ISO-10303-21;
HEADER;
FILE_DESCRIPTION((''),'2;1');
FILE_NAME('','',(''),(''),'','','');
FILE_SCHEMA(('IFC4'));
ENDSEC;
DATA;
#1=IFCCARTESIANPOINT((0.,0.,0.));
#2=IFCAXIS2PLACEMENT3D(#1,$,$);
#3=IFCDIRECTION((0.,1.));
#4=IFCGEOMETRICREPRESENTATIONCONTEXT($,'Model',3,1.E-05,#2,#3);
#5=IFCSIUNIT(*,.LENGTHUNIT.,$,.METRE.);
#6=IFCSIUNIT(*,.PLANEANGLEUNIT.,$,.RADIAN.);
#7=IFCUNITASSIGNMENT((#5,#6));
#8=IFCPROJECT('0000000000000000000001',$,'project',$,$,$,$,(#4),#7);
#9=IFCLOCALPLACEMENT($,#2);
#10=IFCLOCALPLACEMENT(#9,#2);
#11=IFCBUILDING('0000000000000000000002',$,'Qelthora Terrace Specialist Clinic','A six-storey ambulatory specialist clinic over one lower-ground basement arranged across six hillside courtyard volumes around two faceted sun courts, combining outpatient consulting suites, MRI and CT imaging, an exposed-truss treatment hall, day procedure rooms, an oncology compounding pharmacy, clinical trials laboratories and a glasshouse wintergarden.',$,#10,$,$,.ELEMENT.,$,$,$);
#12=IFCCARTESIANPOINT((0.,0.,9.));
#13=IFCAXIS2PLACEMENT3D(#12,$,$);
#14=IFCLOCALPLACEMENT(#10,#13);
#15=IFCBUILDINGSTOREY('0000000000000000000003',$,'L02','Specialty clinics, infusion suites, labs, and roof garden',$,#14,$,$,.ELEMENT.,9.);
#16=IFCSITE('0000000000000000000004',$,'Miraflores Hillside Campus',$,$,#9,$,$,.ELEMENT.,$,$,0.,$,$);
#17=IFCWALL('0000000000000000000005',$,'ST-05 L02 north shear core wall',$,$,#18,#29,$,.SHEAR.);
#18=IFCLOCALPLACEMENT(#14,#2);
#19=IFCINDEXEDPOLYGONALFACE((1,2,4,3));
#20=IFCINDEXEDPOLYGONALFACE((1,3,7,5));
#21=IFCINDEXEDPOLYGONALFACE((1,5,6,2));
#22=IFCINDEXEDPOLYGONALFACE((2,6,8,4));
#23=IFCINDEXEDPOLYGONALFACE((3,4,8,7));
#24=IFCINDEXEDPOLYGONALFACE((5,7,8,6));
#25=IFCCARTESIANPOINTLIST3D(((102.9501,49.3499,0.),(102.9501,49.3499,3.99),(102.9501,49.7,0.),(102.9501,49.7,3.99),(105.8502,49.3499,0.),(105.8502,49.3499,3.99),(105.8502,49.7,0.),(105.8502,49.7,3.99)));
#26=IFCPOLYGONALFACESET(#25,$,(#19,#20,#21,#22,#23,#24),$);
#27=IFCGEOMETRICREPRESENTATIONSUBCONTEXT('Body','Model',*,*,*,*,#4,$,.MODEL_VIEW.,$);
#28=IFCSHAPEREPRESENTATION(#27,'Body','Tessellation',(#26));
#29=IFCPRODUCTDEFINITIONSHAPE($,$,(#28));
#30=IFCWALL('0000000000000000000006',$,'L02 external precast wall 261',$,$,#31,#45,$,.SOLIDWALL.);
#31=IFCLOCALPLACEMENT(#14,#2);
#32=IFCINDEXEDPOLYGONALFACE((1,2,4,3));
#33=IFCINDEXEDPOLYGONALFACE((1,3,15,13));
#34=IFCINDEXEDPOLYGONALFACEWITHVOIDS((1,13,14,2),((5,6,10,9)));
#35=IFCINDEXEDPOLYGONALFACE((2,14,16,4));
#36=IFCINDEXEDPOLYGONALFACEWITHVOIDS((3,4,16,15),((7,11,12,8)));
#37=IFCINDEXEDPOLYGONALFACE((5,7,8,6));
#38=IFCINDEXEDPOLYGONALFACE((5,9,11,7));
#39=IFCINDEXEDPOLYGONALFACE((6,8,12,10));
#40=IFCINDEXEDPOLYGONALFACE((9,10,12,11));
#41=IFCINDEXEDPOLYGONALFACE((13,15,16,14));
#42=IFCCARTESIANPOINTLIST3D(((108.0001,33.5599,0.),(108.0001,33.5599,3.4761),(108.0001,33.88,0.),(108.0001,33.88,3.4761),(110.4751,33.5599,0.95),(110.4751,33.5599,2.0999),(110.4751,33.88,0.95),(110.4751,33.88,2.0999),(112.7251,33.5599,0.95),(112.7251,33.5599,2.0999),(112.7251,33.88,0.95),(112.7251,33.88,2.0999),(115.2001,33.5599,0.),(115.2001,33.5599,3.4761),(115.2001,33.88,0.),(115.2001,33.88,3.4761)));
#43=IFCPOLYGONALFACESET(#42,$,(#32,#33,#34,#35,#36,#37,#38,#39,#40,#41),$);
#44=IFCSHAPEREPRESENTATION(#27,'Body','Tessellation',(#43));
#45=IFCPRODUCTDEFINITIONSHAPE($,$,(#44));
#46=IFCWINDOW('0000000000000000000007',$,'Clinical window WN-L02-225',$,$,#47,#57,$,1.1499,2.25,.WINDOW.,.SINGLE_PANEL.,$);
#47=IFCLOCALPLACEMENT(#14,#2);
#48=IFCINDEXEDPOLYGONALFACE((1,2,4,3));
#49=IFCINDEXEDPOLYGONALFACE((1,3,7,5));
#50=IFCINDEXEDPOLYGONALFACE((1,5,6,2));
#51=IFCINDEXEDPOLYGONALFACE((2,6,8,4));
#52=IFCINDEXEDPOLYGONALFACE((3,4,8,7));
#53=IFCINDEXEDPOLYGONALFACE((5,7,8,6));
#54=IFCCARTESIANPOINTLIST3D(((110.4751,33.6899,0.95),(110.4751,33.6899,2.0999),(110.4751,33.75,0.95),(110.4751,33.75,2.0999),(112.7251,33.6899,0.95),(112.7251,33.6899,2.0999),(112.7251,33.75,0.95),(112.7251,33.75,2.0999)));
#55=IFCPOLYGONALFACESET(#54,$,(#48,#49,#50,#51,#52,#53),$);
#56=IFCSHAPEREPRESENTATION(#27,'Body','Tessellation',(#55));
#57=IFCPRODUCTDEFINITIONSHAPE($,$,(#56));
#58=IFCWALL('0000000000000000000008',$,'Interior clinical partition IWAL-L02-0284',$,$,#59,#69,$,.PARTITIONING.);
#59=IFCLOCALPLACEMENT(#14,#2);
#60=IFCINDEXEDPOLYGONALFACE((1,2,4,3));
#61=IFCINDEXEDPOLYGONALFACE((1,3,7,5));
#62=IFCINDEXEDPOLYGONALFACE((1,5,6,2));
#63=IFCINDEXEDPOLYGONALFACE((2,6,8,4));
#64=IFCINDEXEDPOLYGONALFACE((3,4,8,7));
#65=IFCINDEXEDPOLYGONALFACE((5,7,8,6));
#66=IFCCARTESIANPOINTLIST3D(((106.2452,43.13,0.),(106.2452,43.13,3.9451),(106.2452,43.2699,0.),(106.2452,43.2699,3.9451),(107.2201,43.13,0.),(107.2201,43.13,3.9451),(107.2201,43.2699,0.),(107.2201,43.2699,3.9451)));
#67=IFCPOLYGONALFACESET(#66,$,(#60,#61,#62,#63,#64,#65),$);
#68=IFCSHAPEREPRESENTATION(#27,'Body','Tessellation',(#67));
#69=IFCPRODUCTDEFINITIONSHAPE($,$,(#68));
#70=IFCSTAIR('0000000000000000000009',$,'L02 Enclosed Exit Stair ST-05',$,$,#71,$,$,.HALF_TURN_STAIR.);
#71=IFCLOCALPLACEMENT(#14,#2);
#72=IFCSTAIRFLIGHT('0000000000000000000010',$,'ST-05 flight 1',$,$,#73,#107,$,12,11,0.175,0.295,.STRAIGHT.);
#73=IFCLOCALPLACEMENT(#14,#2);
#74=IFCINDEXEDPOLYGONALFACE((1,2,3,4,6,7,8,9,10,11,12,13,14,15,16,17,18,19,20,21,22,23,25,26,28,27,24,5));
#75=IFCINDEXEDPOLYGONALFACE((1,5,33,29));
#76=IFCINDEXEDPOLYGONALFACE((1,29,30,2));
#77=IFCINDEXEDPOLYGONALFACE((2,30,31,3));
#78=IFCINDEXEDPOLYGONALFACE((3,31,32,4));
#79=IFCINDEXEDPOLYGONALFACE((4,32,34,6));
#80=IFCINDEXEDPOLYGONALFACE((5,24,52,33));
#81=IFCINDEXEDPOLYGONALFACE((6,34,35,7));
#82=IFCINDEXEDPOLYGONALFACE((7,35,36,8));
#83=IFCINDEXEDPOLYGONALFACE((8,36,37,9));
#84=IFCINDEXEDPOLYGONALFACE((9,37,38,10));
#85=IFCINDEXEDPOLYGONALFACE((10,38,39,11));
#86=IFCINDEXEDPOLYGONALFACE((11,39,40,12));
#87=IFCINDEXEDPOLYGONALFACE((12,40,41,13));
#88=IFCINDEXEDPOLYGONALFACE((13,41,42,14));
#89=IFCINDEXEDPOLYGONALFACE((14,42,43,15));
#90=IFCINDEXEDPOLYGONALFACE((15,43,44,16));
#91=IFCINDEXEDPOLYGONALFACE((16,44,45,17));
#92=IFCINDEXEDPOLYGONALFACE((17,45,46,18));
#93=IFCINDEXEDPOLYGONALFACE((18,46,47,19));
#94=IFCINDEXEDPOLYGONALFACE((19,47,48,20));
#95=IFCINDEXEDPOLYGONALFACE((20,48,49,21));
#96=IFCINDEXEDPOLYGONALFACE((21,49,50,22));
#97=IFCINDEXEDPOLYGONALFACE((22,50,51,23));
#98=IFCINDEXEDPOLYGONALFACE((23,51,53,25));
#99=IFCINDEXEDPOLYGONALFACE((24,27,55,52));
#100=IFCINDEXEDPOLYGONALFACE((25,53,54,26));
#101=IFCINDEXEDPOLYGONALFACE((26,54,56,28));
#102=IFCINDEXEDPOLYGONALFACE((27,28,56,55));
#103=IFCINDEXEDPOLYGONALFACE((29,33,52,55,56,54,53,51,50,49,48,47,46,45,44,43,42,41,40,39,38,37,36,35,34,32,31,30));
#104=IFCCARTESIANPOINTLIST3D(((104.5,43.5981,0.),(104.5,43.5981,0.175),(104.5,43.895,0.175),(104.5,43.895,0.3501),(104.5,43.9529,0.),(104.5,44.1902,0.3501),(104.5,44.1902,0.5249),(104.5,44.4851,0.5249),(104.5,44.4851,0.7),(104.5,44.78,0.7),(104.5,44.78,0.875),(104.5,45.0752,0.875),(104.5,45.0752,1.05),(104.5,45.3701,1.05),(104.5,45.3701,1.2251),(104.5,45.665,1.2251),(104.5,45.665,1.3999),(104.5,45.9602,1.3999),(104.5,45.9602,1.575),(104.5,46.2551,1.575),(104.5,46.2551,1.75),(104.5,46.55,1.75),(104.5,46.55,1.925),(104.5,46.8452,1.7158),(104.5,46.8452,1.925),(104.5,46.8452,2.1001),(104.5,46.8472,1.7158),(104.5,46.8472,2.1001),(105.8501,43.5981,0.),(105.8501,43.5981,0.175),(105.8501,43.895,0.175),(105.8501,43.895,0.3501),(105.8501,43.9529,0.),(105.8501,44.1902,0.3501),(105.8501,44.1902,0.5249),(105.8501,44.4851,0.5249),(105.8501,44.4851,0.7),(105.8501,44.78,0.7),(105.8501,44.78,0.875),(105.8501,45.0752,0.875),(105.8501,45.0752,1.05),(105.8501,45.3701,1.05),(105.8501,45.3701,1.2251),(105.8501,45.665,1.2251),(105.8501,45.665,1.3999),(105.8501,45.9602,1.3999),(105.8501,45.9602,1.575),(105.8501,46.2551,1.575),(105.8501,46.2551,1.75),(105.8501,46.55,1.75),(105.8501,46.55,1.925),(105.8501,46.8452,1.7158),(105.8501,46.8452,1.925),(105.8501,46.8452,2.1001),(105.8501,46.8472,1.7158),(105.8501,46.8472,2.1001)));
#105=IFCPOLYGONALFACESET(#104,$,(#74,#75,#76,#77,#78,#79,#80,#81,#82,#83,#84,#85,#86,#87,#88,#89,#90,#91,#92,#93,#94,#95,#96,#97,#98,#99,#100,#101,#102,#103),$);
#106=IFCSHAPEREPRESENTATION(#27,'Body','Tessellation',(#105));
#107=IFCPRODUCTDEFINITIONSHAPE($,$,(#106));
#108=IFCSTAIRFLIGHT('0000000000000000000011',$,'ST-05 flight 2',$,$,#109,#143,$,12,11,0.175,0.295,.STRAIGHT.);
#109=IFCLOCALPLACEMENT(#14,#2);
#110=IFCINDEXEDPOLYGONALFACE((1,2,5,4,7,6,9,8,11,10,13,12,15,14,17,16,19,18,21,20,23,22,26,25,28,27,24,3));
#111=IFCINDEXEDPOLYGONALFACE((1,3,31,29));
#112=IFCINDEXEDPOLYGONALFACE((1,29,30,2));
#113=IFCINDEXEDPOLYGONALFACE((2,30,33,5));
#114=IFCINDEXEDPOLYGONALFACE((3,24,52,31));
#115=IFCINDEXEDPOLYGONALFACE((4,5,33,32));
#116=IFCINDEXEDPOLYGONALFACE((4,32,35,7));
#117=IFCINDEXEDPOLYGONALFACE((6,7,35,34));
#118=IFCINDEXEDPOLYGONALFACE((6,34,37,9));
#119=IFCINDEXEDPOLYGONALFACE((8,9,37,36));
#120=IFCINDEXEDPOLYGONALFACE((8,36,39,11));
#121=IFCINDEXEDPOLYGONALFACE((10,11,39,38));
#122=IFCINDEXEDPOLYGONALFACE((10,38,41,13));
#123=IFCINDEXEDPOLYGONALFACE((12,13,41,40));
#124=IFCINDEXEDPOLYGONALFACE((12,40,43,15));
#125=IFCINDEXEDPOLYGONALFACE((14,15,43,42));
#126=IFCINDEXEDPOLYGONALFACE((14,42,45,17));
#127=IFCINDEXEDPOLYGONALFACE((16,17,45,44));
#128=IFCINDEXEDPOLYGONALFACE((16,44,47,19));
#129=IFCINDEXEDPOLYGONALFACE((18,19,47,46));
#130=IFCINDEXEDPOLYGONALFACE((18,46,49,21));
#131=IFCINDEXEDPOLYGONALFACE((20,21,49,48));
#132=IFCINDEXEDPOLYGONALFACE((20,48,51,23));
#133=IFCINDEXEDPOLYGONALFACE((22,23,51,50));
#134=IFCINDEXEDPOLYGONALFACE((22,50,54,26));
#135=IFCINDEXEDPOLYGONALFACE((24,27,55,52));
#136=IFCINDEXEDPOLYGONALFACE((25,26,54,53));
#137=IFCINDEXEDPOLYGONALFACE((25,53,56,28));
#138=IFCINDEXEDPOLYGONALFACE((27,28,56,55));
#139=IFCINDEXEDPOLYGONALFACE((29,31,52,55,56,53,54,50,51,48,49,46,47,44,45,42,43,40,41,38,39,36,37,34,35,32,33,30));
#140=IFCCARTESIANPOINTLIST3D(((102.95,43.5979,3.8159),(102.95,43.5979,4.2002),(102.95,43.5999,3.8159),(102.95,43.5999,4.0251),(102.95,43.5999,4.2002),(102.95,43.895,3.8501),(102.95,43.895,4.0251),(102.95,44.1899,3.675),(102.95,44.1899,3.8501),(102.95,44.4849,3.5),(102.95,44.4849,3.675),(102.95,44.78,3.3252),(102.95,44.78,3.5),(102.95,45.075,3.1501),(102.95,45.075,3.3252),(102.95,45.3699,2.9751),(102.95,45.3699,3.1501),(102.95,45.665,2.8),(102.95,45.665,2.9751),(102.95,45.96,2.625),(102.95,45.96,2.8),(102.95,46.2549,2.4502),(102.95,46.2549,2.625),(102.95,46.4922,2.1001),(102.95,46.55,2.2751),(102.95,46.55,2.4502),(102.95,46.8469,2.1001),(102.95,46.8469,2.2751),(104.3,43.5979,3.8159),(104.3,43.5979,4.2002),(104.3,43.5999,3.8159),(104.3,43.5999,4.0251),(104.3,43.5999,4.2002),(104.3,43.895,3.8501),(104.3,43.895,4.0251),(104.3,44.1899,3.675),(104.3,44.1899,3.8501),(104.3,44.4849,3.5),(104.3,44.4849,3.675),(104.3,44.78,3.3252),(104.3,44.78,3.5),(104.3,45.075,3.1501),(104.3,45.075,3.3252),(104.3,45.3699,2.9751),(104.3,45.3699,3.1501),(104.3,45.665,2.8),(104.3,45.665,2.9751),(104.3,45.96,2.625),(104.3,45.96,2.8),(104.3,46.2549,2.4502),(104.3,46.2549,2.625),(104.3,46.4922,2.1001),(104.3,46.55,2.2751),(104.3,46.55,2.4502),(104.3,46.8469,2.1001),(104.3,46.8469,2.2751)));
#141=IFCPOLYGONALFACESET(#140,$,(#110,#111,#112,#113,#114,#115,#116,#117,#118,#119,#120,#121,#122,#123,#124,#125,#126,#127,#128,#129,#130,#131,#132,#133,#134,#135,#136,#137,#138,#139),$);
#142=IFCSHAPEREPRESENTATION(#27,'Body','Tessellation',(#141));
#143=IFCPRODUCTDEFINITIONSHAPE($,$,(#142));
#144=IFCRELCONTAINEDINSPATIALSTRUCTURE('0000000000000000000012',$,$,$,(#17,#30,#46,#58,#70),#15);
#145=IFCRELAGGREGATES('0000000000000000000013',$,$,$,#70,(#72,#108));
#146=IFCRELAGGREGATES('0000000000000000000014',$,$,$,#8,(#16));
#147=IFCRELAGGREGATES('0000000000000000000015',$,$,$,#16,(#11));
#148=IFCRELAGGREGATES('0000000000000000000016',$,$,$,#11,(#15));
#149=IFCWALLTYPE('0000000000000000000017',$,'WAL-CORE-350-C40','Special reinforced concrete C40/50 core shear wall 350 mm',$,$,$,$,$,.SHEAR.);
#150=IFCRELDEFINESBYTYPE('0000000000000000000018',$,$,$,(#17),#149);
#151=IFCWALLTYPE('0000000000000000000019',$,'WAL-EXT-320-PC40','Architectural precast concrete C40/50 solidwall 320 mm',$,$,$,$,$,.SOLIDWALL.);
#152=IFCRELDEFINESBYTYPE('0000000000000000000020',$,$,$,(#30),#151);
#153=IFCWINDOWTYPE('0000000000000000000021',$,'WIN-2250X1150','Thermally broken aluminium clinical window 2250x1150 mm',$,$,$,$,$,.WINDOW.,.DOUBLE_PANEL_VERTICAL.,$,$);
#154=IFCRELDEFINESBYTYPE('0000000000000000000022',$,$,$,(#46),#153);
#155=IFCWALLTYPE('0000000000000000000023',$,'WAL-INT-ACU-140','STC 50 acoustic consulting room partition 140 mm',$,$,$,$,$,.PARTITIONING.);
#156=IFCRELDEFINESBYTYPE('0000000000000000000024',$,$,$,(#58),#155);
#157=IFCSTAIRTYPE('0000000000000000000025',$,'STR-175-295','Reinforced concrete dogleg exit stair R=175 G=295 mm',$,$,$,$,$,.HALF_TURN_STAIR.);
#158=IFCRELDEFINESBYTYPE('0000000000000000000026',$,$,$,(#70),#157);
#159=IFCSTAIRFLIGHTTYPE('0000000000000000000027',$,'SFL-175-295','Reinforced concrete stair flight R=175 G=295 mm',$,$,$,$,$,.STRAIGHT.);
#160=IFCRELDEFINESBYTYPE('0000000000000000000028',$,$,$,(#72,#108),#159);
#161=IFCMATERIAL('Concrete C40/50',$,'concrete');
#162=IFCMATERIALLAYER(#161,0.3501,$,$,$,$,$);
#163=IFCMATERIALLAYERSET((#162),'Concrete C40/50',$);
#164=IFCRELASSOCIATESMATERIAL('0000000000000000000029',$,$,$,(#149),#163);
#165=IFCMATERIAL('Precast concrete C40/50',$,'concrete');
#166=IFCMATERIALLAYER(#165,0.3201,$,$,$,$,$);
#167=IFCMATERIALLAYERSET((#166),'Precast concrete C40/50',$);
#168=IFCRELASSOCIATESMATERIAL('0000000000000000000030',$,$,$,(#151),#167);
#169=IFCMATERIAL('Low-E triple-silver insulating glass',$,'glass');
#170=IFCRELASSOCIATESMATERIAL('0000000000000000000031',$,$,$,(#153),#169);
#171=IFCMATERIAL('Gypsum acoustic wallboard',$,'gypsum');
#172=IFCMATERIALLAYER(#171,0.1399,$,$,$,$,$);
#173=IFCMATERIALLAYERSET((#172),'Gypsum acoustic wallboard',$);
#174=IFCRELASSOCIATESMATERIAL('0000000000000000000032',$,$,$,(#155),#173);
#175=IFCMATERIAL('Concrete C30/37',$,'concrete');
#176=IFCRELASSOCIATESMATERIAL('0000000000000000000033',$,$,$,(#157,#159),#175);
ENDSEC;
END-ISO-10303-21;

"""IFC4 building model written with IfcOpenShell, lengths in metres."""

from ifc_helpers import new_model, si_unit, direction, frame, frame_2d, origin, place, context, subcontext, project, spatial, polyline, rectangle, outline, extrude, material, layer, layer_set, type_object, element, fill, aggregate, save


model = new_model("IFC4")

# Units and contexts
model_context = context("Model", 3, precision=1e-05, world=origin(), true_north=direction((0.0, 1.0)))
body_context = subcontext(model_context, "Body", "Model", "MODEL_VIEW")
ifc_project = project(units=[si_unit("LENGTHUNIT", "METRE"), si_unit("PLANEANGLEUNIT", "RADIAN")], contexts=[model_context])

# Site, building, storey
site_placement = place(None, origin())
site = spatial("IfcSite", under=ifc_project, at=site_placement, Name="Miraflores Hillside Campus", CompositionType="ELEMENT", RefElevation=0.0)
building_placement = place(site_placement, origin())
building = spatial("IfcBuilding", under=site, at=building_placement, Name="Qelthora Terrace Specialist Clinic", Description="A six-storey ambulatory specialist clinic over one lower-ground basement arranged across six hillside courtyard volumes around two faceted sun courts, combining outpatient consulting suites, MRI and CT imaging, an exposed-truss treatment hall, day procedure rooms, an oncology compounding pharmacy, clinical trials laboratories and a glasshouse wintergarden.", CompositionType="ELEMENT")
storey_placement = place(building_placement, frame((0.0, 0.0, 9.0)))
storey = spatial("IfcBuildingStorey", under=building, at=storey_placement, Name="L02", Description="Specialty clinics, infusion suites, labs, and roof garden", CompositionType="ELEMENT", Elevation=9.0)

# Shared definitions
ifc_material_1 = material(Name="Concrete C40/50", Category="concrete")

# Wall
ifc_layer_1 = layer(ifc_material_1, 0.3501)
ifc_layer_set_1 = layer_set([ifc_layer_1], Name="Concrete C40/50")
wall_type_1 = type_object("IfcWallType", Name="WAL-CORE-350-C40", Description="Special reinforced concrete C40/50 core shear wall 350 mm", PredefinedType="SHEAR", material=ifc_layer_set_1)
wall_1_placement = place(storey_placement, frame((102.95, 49.5249, 0.0), z_axis=(0.0, 0.0, 1.0), x_axis=(1.0, 0.0, 0.0)))
element("IfcWall", 1, at=wall_1_placement, inside=storey, type_object=wall_type_1, Name="ST-05 L02 north shear core wall", PredefinedType="SHEAR", context=body_context, shape_type="SweptSolid", body=[
    extrude(rectangle(XDim=2.9001, YDim=0.3501, at=frame_2d((1.4502, 0.0))), origin(), (0.0, 0.0, 1.0), 3.99),
])

# Wall, opening, window
ifc_material_2 = material(Name="Precast concrete C40/50", Category="concrete")
ifc_layer_2 = layer(ifc_material_2, 0.3201)
ifc_layer_set_2 = layer_set([ifc_layer_2], Name="Precast concrete C40/50")
wall_type_2 = type_object("IfcWallType", Name="WAL-EXT-320-PC40", Description="Architectural precast concrete C40/50 solidwall 320 mm", PredefinedType="SOLIDWALL", material=ifc_layer_set_2)
wall_2_placement = place(storey_placement, frame((108.0, 33.72, 0.0), z_axis=(0.0, 0.0, 1.0), x_axis=(1.0, 0.0, 0.0)))
wall_2 = element("IfcWall", 2, at=wall_2_placement, inside=storey, type_object=wall_type_2, Name="L02 external precast wall 261", PredefinedType="SOLIDWALL", context=body_context, shape_type="SweptSolid", body=[
    extrude(rectangle(XDim=7.2, YDim=0.3201, at=frame_2d((3.6001, 0.0))), origin(), (0.0, 0.0, 1.0), 3.4761),
])
opening_1_placement = place(wall_2_placement, frame((2.4751, 0.0, 0.95)))
opening_1 = element("IfcOpeningElement", 3, at=opening_1_placement, cuts=wall_2, PredefinedType="OPENING", context=body_context, shape_type="SweptSolid", body=[
    extrude(rectangle(XDim=2.25, YDim=1.1499, at=frame_2d((1.125, 0.575))), frame((0.0, 0.1699, 0.0), z_axis=(0.0, -1.0, 0.0), x_axis=(1.0, 0.0, 0.0)), (0.0, 0.0, 1.0), 0.3401),
])
ifc_material_3 = material(Name="Low-E triple-silver insulating glass", Category="glass")
window_type = type_object("IfcWindowType", Name="WIN-2250X1150", Description="Thermally broken aluminium clinical window 2250x1150 mm", PartitioningType="DOUBLE_PANEL_VERTICAL", PredefinedType="WINDOW", material=ifc_material_3)
window_placement = place(opening_1_placement, origin())
window = element("IfcWindow", 4, at=window_placement, inside=storey, type_object=window_type, Name="Clinical window WN-L02-225", OverallHeight=1.1499, OverallWidth=2.25, PartitioningType="SINGLE_PANEL", PredefinedType="WINDOW", context=body_context, shape_type="SweptSolid", body=[
    extrude(rectangle(XDim=2.25, YDim=1.1499, at=frame_2d((1.125, 0.575))), frame((0.0, 0.03, 0.0), z_axis=(0.0, -1.0, 0.0), x_axis=(1.0, 0.0, 0.0)), (0.0, 0.0, 1.0), 0.0601),
])
fill(opening_1, window)

# Wall
ifc_material_4 = material(Name="Gypsum acoustic wallboard", Category="gypsum")
ifc_layer_3 = layer(ifc_material_4, 0.1399)
ifc_layer_set_3 = layer_set([ifc_layer_3], Name="Gypsum acoustic wallboard")
wall_type_3 = type_object("IfcWallType", Name="WAL-INT-ACU-140", Description="STC 50 acoustic consulting room partition 140 mm", PredefinedType="PARTITIONING", material=ifc_layer_set_3)
wall_3_placement = place(storey_placement, frame((107.22, 43.2, 0.0), z_axis=(0.0, 0.0, 1.0), x_axis=(-1.0, 0.0, 0.0)))
element("IfcWall", 5, at=wall_3_placement, inside=storey, type_object=wall_type_3, Name="Interior clinical partition IWAL-L02-0284", PredefinedType="PARTITIONING", context=body_context, shape_type="SweptSolid", body=[
    extrude(rectangle(XDim=0.9749, YDim=0.1399, at=frame_2d((0.4873, 0.0))), origin(), (0.0, 0.0, 1.0), 3.9451),
])

# Stair, stair flights
ifc_material_5 = material(Name="Concrete C30/37", Category="concrete")
stair_type = type_object("IfcStairType", Name="STR-175-295", Description="Reinforced concrete dogleg exit stair R=175 G=295 mm", PredefinedType="HALF_TURN_STAIR", material=ifc_material_5)
stair_placement = place(storey_placement, origin())
stair = element("IfcStair", 6, at=stair_placement, inside=storey, type_object=stair_type, Name="L02 Enclosed Exit Stair ST-05", PredefinedType="HALF_TURN_STAIR")
stair_flight_type = type_object("IfcStairFlightType", Name="SFL-175-295", Description="Reinforced concrete stair flight R=175 G=295 mm", PredefinedType="STRAIGHT", material=ifc_material_5)
stair_flight_1_placement = place(storey_placement, frame((105.175, 43.6001, 0.0), z_axis=(0.0, 0.0, 1.0), x_axis=(0.0, 1.0, 0.0)))
stair_flight_1 = element("IfcStairFlight", 7, at=stair_flight_1_placement, type_object=stair_flight_type, Name="ST-05 flight 1", NumberOfRisers=12, NumberOfTreads=11, PredefinedType="STRAIGHT", RiserHeight=0.175, TreadLength=0.295, context=body_context, shape_type="SweptSolid", body=[
    extrude(outline(polyline([(-0.002, 0.0), (-0.002, 0.175), (0.2949, 0.175), (0.2949, 0.3501), (0.5901, 0.3501), (0.5901, 0.5249), (0.885, 0.5249), (0.885, 0.7), (1.1799, 0.7), (1.1799, 0.875), (1.4751, 0.875), (1.4751, 1.05), (1.77, 1.05), (1.77, 1.2251), (2.0649, 1.2251), (2.0649, 1.3999), (2.3601, 1.3999), (2.3601, 1.575), (2.655, 1.575), (2.655, 1.75), (2.95, 1.75), (2.95, 1.925), (3.2451, 1.925), (3.2451, 2.1001), (3.2471, 2.1001), (3.2471, 1.7158), (3.2451, 1.7158), (0.3528, 0.0), (-0.002, 0.0)])), frame((0.0, 0.675, 0.0), z_axis=(0.0, -1.0, 0.0), x_axis=(1.0, 0.0, 0.0)), (0.0, 0.0, 1.0), 1.3501),
])
stair_flight_2_placement = place(storey_placement, frame((103.625, 46.845, 2.1001), z_axis=(0.0, 0.0, 1.0), x_axis=(0.0, -1.0, 0.0)))
stair_flight_2 = element("IfcStairFlight", 8, at=stair_flight_2_placement, type_object=stair_flight_type, Name="ST-05 flight 2", NumberOfRisers=12, NumberOfTreads=11, PredefinedType="STRAIGHT", RiserHeight=0.175, TreadLength=0.295, context=body_context, shape_type="SweptSolid", body=[
    extrude(outline(polyline([(-0.002, 0.0), (-0.002, 0.175), (0.2949, 0.175), (0.2949, 0.3501), (0.5901, 0.3501), (0.5901, 0.5249), (0.885, 0.5249), (0.885, 0.7), (1.1799, 0.7), (1.1799, 0.875), (1.4751, 0.875), (1.4751, 1.05), (1.77, 1.05), (1.77, 1.2251), (2.0649, 1.2251), (2.0649, 1.3999), (2.3601, 1.3999), (2.3601, 1.575), (2.655, 1.575), (2.655, 1.75), (2.95, 1.75), (2.95, 1.925), (3.2451, 1.925), (3.2451, 2.1001), (3.2471, 2.1001), (3.2471, 1.7158), (3.2451, 1.7158), (0.3528, 0.0), (-0.002, 0.0)])), frame((0.0, 0.675, 0.0), z_axis=(0.0, -1.0, 0.0), x_axis=(1.0, 0.0, 0.0)), (0.0, 0.0, 1.0), 1.3501),
])
aggregate(stair, [stair_flight_1, stair_flight_2])

save(model, "model.ifc")
